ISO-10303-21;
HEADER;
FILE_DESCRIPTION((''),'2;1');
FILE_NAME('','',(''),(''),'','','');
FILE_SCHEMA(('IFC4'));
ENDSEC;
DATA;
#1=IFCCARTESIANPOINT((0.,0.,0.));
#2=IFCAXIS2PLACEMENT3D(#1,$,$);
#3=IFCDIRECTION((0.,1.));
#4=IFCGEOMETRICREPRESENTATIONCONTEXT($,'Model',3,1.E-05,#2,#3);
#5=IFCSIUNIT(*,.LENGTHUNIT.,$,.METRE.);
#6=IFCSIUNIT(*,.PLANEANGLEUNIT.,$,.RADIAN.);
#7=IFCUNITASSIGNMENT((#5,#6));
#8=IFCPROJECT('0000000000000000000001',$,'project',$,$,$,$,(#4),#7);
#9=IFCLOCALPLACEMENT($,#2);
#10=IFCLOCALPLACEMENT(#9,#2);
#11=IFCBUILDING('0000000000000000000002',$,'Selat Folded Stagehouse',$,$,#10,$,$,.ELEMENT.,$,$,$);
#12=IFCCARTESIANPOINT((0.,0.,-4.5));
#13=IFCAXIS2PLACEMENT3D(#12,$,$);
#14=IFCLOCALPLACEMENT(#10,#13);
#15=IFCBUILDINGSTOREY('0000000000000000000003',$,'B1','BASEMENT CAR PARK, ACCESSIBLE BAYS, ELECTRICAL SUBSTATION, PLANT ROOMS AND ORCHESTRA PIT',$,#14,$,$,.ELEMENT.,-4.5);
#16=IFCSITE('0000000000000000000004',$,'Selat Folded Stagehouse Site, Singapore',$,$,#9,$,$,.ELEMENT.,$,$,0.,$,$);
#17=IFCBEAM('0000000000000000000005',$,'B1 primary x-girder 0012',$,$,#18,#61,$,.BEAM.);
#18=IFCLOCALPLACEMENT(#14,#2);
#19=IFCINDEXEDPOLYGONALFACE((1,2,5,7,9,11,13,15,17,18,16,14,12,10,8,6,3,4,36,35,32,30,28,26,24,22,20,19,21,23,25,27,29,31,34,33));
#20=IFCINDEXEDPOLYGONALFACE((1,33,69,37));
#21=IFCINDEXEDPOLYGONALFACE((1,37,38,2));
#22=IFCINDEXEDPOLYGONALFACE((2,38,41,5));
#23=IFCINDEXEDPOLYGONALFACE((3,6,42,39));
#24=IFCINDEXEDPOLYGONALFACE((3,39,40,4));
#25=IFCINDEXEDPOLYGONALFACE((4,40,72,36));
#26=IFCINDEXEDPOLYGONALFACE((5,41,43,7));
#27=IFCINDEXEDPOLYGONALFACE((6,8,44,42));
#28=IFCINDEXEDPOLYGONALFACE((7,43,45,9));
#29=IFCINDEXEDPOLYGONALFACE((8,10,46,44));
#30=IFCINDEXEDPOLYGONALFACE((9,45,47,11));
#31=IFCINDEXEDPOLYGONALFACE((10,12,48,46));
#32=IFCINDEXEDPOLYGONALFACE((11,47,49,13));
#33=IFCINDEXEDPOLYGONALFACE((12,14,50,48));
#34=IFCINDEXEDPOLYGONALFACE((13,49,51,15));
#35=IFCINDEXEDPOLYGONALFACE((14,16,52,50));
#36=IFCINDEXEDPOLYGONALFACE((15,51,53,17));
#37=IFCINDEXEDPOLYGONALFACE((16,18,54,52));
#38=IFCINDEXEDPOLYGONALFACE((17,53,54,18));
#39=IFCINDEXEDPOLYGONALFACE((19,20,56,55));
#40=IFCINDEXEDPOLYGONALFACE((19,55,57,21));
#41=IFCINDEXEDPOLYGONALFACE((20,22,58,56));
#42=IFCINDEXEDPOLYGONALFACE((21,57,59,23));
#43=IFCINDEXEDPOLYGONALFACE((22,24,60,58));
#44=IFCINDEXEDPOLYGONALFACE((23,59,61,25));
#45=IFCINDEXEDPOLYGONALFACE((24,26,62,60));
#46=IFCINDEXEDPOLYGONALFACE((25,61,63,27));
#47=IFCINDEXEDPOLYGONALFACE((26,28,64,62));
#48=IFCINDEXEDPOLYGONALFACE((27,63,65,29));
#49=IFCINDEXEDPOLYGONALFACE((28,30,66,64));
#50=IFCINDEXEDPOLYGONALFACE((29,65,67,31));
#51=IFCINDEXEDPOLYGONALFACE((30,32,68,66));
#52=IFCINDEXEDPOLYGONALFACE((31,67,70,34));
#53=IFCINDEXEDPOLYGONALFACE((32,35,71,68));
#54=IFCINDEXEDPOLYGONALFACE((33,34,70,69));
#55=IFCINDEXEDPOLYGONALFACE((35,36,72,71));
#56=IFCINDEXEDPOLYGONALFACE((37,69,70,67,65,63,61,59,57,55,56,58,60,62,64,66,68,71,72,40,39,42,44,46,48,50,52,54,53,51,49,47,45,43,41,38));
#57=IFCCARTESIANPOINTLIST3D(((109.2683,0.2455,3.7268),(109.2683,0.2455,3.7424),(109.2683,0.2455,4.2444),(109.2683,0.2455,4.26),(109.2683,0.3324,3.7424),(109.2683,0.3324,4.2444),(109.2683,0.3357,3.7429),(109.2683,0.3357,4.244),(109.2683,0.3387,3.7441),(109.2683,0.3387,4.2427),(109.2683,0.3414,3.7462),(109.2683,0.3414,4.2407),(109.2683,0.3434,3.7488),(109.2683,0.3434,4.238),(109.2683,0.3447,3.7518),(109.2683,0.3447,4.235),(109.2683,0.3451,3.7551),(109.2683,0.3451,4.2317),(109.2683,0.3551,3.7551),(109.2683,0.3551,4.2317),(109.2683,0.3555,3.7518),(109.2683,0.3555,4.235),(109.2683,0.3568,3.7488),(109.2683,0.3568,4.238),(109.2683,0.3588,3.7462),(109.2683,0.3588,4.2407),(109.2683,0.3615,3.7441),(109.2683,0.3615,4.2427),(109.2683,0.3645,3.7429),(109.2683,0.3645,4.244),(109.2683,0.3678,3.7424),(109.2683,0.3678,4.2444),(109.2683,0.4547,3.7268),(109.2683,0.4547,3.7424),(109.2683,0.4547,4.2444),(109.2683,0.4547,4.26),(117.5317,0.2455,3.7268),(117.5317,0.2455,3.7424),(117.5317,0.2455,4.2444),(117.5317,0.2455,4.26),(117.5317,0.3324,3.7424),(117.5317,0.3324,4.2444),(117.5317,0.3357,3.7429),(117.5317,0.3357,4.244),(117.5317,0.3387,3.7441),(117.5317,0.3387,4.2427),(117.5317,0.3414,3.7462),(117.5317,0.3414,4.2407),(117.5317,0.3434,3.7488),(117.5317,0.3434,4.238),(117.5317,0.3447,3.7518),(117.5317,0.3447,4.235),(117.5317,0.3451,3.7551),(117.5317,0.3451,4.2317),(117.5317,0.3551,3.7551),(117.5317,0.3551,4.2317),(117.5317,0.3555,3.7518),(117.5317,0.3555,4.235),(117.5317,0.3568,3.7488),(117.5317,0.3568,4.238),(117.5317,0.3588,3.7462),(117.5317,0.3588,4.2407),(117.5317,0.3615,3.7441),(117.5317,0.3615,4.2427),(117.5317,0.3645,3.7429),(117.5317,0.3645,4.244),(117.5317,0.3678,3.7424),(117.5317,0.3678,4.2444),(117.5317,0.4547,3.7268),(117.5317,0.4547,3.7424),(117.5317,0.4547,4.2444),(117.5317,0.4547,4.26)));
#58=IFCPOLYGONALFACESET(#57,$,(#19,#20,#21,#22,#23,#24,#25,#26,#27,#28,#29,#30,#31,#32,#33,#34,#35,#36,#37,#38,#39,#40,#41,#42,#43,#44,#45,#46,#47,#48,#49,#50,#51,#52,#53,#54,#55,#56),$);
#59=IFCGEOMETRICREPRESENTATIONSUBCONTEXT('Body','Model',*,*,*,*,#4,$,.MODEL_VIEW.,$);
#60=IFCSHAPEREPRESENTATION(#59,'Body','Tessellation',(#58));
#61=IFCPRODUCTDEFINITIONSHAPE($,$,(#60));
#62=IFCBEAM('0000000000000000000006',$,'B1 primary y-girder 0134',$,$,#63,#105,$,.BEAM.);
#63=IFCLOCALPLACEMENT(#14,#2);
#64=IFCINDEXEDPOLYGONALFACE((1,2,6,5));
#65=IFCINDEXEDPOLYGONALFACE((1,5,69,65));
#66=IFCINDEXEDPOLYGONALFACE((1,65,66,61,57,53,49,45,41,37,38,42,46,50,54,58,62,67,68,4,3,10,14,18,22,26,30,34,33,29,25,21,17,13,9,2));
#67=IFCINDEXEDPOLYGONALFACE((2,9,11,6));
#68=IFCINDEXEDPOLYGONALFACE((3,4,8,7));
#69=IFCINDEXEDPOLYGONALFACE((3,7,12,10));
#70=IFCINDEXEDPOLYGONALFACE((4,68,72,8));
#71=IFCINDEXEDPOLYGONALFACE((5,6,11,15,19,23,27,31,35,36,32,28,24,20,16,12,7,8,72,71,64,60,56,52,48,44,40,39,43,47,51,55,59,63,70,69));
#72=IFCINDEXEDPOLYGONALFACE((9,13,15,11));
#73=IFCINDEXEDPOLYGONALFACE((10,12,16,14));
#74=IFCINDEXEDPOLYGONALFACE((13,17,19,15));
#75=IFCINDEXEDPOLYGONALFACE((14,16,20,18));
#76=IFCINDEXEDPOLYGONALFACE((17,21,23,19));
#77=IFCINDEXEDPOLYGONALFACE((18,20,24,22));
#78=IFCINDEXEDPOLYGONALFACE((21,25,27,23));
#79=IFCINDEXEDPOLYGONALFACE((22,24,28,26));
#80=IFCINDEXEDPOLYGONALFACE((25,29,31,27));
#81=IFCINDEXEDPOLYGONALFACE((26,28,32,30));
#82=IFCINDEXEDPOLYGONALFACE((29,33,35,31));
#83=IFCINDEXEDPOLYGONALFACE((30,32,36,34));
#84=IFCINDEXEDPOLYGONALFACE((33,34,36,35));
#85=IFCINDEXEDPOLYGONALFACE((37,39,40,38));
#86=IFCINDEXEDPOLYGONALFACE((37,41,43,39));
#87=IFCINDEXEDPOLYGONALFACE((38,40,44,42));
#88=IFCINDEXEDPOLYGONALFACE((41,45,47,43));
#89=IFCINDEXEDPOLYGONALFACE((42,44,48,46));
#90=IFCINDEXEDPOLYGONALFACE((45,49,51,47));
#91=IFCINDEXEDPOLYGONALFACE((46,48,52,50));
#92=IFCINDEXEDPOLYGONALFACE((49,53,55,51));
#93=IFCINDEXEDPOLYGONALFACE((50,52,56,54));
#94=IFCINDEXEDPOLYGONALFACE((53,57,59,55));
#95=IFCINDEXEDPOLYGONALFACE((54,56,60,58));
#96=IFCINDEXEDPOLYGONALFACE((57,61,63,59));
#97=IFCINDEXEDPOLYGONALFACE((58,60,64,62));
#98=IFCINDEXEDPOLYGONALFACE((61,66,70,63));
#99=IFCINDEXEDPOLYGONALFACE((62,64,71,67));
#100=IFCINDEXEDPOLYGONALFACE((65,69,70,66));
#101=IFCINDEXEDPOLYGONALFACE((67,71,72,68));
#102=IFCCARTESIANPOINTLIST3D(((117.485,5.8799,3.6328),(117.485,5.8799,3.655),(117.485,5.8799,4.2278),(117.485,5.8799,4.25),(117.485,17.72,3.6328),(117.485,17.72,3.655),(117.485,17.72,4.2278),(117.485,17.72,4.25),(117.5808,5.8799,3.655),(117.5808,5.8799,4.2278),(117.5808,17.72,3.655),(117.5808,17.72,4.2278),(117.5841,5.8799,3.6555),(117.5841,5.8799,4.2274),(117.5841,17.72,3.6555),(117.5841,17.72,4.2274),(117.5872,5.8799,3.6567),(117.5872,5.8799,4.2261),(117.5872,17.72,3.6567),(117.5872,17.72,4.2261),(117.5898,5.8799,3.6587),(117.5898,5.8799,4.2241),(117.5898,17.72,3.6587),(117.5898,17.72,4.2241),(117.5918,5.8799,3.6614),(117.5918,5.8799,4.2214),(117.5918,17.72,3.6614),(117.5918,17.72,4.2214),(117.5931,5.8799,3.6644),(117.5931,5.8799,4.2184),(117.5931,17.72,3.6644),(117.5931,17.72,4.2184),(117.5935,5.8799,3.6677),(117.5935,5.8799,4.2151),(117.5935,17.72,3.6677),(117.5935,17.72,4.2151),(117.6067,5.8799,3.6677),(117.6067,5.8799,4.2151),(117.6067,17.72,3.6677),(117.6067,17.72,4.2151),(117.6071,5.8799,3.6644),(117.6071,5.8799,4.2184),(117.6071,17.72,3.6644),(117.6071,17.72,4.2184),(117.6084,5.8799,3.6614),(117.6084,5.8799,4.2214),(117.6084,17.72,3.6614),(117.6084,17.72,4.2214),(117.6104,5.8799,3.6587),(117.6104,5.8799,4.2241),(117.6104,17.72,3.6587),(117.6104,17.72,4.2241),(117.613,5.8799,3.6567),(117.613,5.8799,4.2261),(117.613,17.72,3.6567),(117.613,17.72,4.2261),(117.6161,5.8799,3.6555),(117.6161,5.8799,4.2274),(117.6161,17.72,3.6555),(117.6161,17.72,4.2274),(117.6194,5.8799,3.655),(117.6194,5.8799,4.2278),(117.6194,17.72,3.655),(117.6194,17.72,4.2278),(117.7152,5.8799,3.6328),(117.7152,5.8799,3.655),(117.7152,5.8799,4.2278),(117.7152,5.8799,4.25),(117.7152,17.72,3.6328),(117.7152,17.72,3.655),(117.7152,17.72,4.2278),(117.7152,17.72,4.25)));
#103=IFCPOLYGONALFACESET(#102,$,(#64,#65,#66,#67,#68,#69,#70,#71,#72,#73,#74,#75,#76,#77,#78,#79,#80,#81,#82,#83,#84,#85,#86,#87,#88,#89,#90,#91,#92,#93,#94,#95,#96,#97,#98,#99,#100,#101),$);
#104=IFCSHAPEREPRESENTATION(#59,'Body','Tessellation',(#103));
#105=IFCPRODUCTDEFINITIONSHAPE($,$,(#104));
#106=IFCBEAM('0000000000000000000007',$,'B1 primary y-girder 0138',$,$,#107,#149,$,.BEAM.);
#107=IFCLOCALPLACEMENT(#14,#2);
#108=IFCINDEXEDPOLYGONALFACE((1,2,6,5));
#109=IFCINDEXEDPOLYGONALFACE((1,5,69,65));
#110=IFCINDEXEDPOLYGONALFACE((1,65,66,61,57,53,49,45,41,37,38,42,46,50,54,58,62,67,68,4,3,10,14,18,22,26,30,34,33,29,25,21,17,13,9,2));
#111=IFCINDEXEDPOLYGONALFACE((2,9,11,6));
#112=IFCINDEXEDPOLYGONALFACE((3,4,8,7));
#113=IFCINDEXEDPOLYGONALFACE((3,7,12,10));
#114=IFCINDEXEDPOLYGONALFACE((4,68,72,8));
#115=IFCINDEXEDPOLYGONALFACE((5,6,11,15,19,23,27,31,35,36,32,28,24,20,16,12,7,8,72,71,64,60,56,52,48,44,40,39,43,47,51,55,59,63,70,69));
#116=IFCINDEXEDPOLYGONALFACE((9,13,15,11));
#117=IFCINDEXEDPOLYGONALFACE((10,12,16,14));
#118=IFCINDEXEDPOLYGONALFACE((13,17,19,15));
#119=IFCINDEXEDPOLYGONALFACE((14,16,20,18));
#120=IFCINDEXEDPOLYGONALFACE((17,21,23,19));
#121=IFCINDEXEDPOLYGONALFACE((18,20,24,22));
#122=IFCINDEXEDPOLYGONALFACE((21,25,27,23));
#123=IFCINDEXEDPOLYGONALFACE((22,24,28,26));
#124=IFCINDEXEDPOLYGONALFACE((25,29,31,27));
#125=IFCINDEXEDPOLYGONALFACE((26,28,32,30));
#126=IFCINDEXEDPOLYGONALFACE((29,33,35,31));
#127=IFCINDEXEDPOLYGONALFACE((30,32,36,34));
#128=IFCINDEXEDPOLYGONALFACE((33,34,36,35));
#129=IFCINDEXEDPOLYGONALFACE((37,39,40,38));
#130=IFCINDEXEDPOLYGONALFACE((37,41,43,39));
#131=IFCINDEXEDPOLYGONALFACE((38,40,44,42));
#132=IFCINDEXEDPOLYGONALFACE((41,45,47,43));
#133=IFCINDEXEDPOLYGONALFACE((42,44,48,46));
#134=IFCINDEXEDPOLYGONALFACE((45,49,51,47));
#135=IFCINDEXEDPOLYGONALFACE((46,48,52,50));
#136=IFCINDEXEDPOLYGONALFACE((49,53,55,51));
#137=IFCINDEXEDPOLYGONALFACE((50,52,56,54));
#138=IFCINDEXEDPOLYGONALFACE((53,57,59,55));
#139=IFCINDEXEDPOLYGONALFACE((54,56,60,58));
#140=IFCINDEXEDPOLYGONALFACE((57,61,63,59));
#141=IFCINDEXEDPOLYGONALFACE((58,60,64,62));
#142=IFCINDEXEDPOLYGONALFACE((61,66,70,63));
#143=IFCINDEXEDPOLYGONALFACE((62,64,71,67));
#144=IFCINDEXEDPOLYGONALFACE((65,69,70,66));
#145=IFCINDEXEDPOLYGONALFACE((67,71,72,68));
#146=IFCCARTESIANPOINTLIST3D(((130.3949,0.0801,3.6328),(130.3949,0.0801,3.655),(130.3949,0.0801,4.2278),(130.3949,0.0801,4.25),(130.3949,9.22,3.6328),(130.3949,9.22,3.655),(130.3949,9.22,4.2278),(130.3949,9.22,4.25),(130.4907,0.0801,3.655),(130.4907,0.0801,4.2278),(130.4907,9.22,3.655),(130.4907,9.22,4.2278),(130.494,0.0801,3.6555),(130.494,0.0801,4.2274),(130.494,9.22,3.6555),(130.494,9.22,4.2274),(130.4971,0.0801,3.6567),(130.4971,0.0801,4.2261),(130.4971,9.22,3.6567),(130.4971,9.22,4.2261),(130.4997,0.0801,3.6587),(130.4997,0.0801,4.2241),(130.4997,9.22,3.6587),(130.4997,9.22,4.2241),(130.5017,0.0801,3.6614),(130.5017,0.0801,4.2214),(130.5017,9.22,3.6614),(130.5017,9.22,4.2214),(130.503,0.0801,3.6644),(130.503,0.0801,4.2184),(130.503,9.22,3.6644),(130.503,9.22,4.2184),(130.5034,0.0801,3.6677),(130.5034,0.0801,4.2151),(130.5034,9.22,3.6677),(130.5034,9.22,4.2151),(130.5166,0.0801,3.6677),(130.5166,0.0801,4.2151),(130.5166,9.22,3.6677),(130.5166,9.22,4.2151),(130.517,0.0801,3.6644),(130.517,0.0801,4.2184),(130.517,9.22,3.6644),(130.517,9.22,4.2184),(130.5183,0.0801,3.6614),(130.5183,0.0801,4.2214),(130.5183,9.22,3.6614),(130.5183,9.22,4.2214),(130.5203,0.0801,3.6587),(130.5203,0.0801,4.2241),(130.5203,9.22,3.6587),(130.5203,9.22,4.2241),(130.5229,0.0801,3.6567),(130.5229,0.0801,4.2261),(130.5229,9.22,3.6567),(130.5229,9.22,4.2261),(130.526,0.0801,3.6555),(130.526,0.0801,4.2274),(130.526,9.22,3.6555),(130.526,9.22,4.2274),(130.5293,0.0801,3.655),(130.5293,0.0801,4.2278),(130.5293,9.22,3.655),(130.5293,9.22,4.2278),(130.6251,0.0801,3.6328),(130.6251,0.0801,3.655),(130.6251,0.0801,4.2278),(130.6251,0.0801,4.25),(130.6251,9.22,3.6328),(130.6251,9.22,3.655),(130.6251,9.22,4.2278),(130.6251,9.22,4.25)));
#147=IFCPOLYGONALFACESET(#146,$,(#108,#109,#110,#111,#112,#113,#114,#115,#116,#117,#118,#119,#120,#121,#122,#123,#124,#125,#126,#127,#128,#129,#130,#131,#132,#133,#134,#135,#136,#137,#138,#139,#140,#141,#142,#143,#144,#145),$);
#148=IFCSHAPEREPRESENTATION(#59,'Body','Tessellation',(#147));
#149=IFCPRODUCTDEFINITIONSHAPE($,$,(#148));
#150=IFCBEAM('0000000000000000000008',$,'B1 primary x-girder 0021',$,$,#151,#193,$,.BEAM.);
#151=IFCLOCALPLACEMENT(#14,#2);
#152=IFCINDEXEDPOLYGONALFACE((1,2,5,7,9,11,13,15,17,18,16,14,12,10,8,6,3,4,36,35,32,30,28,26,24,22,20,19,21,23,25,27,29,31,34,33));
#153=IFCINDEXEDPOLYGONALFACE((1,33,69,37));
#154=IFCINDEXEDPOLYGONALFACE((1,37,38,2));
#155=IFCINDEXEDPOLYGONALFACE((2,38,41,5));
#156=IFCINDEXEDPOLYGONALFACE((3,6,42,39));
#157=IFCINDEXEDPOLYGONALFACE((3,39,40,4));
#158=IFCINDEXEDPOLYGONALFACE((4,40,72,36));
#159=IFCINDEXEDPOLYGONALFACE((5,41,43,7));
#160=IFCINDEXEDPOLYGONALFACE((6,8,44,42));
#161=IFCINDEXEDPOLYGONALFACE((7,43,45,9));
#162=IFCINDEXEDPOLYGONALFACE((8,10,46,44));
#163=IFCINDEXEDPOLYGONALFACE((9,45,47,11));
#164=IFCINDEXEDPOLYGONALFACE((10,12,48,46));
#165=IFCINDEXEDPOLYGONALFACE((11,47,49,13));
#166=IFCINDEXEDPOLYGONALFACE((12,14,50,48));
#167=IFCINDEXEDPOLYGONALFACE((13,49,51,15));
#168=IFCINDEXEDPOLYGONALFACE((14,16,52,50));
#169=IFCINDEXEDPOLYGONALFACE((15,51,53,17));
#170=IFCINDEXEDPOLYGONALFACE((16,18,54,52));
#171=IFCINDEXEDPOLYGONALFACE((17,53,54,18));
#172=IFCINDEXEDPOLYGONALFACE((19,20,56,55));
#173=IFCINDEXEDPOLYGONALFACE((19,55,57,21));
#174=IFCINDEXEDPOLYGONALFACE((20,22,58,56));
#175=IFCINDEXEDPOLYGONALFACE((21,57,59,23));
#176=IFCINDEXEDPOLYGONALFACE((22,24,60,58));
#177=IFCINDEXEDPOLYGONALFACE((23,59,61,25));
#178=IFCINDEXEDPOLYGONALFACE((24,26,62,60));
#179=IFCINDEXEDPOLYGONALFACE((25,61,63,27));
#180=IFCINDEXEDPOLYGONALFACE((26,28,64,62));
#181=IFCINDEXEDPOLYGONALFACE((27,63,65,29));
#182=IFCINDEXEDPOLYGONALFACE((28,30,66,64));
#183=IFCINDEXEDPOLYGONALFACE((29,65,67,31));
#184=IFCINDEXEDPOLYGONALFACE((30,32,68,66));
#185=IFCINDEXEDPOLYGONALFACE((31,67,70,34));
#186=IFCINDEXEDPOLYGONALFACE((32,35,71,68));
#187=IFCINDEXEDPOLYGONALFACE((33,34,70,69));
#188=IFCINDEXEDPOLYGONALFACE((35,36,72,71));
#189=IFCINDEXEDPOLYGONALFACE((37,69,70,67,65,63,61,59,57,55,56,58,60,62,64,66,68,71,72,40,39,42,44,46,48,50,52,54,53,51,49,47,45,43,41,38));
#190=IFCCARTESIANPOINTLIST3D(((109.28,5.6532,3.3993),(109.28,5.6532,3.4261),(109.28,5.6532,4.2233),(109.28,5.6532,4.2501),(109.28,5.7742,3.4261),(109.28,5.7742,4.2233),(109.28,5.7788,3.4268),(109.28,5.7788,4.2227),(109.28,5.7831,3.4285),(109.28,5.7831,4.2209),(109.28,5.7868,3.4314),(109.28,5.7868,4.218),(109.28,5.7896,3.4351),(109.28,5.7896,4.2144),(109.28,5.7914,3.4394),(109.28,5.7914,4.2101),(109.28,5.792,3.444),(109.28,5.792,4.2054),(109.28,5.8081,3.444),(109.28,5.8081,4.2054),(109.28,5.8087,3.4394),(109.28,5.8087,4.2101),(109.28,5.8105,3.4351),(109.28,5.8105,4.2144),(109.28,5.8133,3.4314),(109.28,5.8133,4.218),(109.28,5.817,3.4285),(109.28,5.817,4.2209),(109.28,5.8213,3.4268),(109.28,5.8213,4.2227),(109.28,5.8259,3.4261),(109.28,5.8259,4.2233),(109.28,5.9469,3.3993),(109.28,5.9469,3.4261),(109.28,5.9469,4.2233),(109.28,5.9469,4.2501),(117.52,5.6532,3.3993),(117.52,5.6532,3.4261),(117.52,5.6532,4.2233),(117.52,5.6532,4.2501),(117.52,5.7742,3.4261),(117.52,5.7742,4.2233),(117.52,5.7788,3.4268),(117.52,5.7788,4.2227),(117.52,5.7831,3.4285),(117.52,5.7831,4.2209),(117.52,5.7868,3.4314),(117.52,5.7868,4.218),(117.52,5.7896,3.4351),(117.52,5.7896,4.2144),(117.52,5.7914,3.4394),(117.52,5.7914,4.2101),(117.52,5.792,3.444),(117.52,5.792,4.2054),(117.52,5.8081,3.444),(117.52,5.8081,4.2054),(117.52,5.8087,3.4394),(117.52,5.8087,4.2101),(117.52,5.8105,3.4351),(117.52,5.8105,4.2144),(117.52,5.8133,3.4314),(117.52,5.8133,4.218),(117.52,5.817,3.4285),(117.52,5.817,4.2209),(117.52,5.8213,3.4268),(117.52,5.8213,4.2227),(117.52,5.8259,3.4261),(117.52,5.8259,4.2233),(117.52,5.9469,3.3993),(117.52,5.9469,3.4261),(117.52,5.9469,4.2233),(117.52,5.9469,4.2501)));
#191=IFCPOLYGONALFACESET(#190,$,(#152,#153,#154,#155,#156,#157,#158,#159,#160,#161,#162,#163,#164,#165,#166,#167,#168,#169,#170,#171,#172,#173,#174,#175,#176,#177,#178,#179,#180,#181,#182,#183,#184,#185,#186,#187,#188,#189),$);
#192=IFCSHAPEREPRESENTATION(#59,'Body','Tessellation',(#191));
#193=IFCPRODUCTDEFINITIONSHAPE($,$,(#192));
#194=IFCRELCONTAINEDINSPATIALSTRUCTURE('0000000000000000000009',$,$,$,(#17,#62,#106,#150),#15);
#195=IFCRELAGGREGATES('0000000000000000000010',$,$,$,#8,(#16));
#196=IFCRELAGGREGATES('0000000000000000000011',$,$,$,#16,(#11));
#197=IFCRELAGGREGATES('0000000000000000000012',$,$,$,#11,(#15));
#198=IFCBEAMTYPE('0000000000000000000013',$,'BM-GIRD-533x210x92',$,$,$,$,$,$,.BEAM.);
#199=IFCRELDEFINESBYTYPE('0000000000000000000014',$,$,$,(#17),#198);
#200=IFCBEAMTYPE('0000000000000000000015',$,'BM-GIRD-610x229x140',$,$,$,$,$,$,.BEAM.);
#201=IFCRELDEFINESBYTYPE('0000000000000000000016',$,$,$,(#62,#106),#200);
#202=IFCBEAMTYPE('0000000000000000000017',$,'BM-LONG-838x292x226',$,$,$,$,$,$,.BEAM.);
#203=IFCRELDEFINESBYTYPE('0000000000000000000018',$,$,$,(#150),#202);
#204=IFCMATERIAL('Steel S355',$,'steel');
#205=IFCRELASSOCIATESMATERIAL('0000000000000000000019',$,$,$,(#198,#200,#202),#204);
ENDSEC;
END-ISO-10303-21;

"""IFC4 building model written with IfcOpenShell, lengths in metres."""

from ifc_helpers import new_model, si_unit, direction, frame, origin, origin_2d, place, context, subcontext, project, spatial, i_section, extrude, material, material_profile, profile_set, type_object, element, save


model = new_model("IFC4")

# Units and contexts
model_context = context("Model", 3, precision=1e-05, world=origin(), true_north=direction((0.0, 1.0)))
body_context = subcontext(model_context, "Body", "Model", "MODEL_VIEW")
ifc_project = project(units=[si_unit("LENGTHUNIT", "METRE"), si_unit("PLANEANGLEUNIT", "RADIAN")], contexts=[model_context])

# Site, building, storey
site_placement = place(None, origin())
site = spatial("IfcSite", under=ifc_project, at=site_placement, Name="Selat Folded Stagehouse Site, Singapore", CompositionType="ELEMENT", RefElevation=0.0)
building_placement = place(site_placement, origin())
building = spatial("IfcBuilding", under=site, at=building_placement, Name="Selat Folded Stagehouse", CompositionType="ELEMENT")
storey_placement = place(building_placement, frame((0.0, 0.0, -4.5)))
storey = spatial("IfcBuildingStorey", under=building, at=storey_placement, Name="B1", Description="BASEMENT CAR PARK, ACCESSIBLE BAYS, ELECTRICAL SUBSTATION, PLANT ROOMS AND ORCHESTRA PIT", CompositionType="ELEMENT", Elevation=-4.5)

# Shared definitions
ifc_material_1 = material(Name="Steel S355", Category="steel")

# Beams
ifc_material_profile_1 = material_profile(ifc_material_1, i_section(OverallWidth=0.2092, OverallDepth=0.5332, WebThickness=0.01, FlangeThickness=0.0156, FilletRadius=0.0127, at=origin_2d()), Name="UKB 533x210x92")
ifc_profile_set_1 = profile_set([ifc_material_profile_1], Name="Steel S355")
beam_type_1 = type_object("IfcBeamType", Name="BM-GIRD-533x210x92", PredefinedType="BEAM", material=ifc_profile_set_1)
beam_1_placement = place(storey_placement, frame((109.2683, 0.3501, 3.9934), z_axis=(1.0, 0.0, 0.0), x_axis=(0.0, 1.0, 0.0)))
element("IfcBeam", 1, at=beam_1_placement, inside=storey, type_object=beam_type_1, Name="B1 primary x-girder 0012", PredefinedType="BEAM", context=body_context, shape_type="SweptSolid", body=[
    extrude(i_section(OverallWidth=0.2092, OverallDepth=0.5332, WebThickness=0.01, FlangeThickness=0.0156, FilletRadius=0.0127, at=origin_2d()), origin(), (0.0, 0.0, 1.0), 8.2634),
])
ifc_material_profile_2 = material_profile(ifc_material_1, i_section(OverallWidth=0.2302, OverallDepth=0.6172, WebThickness=0.0132, FlangeThickness=0.0222, FilletRadius=0.0127, at=origin_2d()), Name="UKB 610x229x140")
ifc_profile_set_2 = profile_set([ifc_material_profile_2], Name="Steel S355")
beam_type_2 = type_object("IfcBeamType", Name="BM-GIRD-610x229x140", PredefinedType="BEAM", material=ifc_profile_set_2)
beam_2_placement = place(storey_placement, frame((117.6001, 5.8799, 3.9414), z_axis=(0.0, 1.0, 0.0), x_axis=(-1.0, 0.0, 0.0)))
element("IfcBeam", 2, at=beam_2_placement, inside=storey, type_object=beam_type_2, Name="B1 primary y-girder 0134", PredefinedType="BEAM", context=body_context, shape_type="SweptSolid", body=[
    extrude(i_section(OverallWidth=0.2302, OverallDepth=0.6172, WebThickness=0.0132, FlangeThickness=0.0222, FilletRadius=0.0127, at=origin_2d()), origin(), (0.0, 0.0, 1.0), 11.8401),
])
beam_3_placement = place(storey_placement, frame((130.51, 0.0801, 3.9414), z_axis=(0.0, 1.0, 0.0), x_axis=(-1.0, 0.0, 0.0)))
element("IfcBeam", 3, at=beam_3_placement, inside=storey, type_object=beam_type_2, Name="B1 primary y-girder 0138", PredefinedType="BEAM", context=body_context, shape_type="SweptSolid", body=[
    extrude(i_section(OverallWidth=0.2302, OverallDepth=0.6172, WebThickness=0.0132, FlangeThickness=0.0222, FilletRadius=0.0127, at=origin_2d()), origin(), (0.0, 0.0, 1.0), 9.1399),
])
ifc_material_profile_3 = material_profile(ifc_material_1, i_section(OverallWidth=0.2937, OverallDepth=0.8508, WebThickness=0.0161, FlangeThickness=0.0269, FilletRadius=0.0178, at=origin_2d()), Name="UKB 838x292x226")
ifc_profile_set_3 = profile_set([ifc_material_profile_3], Name="Steel S355")
beam_type_3 = type_object("IfcBeamType", Name="BM-LONG-838x292x226", PredefinedType="BEAM", material=ifc_profile_set_3)
beam_4_placement = place(storey_placement, frame((109.28, 5.8, 3.8247), z_axis=(1.0, 0.0, 0.0), x_axis=(0.0, 1.0, 0.0)))
element("IfcBeam", 4, at=beam_4_placement, inside=storey, type_object=beam_type_3, Name="B1 primary x-girder 0021", PredefinedType="BEAM", context=body_context, shape_type="SweptSolid", body=[
    extrude(i_section(OverallWidth=0.2937, OverallDepth=0.8508, WebThickness=0.0161, FlangeThickness=0.0269, FilletRadius=0.0178, at=origin_2d()), origin(), (0.0, 0.0, 1.0), 8.24),
])

save(model, "model.ifc")
